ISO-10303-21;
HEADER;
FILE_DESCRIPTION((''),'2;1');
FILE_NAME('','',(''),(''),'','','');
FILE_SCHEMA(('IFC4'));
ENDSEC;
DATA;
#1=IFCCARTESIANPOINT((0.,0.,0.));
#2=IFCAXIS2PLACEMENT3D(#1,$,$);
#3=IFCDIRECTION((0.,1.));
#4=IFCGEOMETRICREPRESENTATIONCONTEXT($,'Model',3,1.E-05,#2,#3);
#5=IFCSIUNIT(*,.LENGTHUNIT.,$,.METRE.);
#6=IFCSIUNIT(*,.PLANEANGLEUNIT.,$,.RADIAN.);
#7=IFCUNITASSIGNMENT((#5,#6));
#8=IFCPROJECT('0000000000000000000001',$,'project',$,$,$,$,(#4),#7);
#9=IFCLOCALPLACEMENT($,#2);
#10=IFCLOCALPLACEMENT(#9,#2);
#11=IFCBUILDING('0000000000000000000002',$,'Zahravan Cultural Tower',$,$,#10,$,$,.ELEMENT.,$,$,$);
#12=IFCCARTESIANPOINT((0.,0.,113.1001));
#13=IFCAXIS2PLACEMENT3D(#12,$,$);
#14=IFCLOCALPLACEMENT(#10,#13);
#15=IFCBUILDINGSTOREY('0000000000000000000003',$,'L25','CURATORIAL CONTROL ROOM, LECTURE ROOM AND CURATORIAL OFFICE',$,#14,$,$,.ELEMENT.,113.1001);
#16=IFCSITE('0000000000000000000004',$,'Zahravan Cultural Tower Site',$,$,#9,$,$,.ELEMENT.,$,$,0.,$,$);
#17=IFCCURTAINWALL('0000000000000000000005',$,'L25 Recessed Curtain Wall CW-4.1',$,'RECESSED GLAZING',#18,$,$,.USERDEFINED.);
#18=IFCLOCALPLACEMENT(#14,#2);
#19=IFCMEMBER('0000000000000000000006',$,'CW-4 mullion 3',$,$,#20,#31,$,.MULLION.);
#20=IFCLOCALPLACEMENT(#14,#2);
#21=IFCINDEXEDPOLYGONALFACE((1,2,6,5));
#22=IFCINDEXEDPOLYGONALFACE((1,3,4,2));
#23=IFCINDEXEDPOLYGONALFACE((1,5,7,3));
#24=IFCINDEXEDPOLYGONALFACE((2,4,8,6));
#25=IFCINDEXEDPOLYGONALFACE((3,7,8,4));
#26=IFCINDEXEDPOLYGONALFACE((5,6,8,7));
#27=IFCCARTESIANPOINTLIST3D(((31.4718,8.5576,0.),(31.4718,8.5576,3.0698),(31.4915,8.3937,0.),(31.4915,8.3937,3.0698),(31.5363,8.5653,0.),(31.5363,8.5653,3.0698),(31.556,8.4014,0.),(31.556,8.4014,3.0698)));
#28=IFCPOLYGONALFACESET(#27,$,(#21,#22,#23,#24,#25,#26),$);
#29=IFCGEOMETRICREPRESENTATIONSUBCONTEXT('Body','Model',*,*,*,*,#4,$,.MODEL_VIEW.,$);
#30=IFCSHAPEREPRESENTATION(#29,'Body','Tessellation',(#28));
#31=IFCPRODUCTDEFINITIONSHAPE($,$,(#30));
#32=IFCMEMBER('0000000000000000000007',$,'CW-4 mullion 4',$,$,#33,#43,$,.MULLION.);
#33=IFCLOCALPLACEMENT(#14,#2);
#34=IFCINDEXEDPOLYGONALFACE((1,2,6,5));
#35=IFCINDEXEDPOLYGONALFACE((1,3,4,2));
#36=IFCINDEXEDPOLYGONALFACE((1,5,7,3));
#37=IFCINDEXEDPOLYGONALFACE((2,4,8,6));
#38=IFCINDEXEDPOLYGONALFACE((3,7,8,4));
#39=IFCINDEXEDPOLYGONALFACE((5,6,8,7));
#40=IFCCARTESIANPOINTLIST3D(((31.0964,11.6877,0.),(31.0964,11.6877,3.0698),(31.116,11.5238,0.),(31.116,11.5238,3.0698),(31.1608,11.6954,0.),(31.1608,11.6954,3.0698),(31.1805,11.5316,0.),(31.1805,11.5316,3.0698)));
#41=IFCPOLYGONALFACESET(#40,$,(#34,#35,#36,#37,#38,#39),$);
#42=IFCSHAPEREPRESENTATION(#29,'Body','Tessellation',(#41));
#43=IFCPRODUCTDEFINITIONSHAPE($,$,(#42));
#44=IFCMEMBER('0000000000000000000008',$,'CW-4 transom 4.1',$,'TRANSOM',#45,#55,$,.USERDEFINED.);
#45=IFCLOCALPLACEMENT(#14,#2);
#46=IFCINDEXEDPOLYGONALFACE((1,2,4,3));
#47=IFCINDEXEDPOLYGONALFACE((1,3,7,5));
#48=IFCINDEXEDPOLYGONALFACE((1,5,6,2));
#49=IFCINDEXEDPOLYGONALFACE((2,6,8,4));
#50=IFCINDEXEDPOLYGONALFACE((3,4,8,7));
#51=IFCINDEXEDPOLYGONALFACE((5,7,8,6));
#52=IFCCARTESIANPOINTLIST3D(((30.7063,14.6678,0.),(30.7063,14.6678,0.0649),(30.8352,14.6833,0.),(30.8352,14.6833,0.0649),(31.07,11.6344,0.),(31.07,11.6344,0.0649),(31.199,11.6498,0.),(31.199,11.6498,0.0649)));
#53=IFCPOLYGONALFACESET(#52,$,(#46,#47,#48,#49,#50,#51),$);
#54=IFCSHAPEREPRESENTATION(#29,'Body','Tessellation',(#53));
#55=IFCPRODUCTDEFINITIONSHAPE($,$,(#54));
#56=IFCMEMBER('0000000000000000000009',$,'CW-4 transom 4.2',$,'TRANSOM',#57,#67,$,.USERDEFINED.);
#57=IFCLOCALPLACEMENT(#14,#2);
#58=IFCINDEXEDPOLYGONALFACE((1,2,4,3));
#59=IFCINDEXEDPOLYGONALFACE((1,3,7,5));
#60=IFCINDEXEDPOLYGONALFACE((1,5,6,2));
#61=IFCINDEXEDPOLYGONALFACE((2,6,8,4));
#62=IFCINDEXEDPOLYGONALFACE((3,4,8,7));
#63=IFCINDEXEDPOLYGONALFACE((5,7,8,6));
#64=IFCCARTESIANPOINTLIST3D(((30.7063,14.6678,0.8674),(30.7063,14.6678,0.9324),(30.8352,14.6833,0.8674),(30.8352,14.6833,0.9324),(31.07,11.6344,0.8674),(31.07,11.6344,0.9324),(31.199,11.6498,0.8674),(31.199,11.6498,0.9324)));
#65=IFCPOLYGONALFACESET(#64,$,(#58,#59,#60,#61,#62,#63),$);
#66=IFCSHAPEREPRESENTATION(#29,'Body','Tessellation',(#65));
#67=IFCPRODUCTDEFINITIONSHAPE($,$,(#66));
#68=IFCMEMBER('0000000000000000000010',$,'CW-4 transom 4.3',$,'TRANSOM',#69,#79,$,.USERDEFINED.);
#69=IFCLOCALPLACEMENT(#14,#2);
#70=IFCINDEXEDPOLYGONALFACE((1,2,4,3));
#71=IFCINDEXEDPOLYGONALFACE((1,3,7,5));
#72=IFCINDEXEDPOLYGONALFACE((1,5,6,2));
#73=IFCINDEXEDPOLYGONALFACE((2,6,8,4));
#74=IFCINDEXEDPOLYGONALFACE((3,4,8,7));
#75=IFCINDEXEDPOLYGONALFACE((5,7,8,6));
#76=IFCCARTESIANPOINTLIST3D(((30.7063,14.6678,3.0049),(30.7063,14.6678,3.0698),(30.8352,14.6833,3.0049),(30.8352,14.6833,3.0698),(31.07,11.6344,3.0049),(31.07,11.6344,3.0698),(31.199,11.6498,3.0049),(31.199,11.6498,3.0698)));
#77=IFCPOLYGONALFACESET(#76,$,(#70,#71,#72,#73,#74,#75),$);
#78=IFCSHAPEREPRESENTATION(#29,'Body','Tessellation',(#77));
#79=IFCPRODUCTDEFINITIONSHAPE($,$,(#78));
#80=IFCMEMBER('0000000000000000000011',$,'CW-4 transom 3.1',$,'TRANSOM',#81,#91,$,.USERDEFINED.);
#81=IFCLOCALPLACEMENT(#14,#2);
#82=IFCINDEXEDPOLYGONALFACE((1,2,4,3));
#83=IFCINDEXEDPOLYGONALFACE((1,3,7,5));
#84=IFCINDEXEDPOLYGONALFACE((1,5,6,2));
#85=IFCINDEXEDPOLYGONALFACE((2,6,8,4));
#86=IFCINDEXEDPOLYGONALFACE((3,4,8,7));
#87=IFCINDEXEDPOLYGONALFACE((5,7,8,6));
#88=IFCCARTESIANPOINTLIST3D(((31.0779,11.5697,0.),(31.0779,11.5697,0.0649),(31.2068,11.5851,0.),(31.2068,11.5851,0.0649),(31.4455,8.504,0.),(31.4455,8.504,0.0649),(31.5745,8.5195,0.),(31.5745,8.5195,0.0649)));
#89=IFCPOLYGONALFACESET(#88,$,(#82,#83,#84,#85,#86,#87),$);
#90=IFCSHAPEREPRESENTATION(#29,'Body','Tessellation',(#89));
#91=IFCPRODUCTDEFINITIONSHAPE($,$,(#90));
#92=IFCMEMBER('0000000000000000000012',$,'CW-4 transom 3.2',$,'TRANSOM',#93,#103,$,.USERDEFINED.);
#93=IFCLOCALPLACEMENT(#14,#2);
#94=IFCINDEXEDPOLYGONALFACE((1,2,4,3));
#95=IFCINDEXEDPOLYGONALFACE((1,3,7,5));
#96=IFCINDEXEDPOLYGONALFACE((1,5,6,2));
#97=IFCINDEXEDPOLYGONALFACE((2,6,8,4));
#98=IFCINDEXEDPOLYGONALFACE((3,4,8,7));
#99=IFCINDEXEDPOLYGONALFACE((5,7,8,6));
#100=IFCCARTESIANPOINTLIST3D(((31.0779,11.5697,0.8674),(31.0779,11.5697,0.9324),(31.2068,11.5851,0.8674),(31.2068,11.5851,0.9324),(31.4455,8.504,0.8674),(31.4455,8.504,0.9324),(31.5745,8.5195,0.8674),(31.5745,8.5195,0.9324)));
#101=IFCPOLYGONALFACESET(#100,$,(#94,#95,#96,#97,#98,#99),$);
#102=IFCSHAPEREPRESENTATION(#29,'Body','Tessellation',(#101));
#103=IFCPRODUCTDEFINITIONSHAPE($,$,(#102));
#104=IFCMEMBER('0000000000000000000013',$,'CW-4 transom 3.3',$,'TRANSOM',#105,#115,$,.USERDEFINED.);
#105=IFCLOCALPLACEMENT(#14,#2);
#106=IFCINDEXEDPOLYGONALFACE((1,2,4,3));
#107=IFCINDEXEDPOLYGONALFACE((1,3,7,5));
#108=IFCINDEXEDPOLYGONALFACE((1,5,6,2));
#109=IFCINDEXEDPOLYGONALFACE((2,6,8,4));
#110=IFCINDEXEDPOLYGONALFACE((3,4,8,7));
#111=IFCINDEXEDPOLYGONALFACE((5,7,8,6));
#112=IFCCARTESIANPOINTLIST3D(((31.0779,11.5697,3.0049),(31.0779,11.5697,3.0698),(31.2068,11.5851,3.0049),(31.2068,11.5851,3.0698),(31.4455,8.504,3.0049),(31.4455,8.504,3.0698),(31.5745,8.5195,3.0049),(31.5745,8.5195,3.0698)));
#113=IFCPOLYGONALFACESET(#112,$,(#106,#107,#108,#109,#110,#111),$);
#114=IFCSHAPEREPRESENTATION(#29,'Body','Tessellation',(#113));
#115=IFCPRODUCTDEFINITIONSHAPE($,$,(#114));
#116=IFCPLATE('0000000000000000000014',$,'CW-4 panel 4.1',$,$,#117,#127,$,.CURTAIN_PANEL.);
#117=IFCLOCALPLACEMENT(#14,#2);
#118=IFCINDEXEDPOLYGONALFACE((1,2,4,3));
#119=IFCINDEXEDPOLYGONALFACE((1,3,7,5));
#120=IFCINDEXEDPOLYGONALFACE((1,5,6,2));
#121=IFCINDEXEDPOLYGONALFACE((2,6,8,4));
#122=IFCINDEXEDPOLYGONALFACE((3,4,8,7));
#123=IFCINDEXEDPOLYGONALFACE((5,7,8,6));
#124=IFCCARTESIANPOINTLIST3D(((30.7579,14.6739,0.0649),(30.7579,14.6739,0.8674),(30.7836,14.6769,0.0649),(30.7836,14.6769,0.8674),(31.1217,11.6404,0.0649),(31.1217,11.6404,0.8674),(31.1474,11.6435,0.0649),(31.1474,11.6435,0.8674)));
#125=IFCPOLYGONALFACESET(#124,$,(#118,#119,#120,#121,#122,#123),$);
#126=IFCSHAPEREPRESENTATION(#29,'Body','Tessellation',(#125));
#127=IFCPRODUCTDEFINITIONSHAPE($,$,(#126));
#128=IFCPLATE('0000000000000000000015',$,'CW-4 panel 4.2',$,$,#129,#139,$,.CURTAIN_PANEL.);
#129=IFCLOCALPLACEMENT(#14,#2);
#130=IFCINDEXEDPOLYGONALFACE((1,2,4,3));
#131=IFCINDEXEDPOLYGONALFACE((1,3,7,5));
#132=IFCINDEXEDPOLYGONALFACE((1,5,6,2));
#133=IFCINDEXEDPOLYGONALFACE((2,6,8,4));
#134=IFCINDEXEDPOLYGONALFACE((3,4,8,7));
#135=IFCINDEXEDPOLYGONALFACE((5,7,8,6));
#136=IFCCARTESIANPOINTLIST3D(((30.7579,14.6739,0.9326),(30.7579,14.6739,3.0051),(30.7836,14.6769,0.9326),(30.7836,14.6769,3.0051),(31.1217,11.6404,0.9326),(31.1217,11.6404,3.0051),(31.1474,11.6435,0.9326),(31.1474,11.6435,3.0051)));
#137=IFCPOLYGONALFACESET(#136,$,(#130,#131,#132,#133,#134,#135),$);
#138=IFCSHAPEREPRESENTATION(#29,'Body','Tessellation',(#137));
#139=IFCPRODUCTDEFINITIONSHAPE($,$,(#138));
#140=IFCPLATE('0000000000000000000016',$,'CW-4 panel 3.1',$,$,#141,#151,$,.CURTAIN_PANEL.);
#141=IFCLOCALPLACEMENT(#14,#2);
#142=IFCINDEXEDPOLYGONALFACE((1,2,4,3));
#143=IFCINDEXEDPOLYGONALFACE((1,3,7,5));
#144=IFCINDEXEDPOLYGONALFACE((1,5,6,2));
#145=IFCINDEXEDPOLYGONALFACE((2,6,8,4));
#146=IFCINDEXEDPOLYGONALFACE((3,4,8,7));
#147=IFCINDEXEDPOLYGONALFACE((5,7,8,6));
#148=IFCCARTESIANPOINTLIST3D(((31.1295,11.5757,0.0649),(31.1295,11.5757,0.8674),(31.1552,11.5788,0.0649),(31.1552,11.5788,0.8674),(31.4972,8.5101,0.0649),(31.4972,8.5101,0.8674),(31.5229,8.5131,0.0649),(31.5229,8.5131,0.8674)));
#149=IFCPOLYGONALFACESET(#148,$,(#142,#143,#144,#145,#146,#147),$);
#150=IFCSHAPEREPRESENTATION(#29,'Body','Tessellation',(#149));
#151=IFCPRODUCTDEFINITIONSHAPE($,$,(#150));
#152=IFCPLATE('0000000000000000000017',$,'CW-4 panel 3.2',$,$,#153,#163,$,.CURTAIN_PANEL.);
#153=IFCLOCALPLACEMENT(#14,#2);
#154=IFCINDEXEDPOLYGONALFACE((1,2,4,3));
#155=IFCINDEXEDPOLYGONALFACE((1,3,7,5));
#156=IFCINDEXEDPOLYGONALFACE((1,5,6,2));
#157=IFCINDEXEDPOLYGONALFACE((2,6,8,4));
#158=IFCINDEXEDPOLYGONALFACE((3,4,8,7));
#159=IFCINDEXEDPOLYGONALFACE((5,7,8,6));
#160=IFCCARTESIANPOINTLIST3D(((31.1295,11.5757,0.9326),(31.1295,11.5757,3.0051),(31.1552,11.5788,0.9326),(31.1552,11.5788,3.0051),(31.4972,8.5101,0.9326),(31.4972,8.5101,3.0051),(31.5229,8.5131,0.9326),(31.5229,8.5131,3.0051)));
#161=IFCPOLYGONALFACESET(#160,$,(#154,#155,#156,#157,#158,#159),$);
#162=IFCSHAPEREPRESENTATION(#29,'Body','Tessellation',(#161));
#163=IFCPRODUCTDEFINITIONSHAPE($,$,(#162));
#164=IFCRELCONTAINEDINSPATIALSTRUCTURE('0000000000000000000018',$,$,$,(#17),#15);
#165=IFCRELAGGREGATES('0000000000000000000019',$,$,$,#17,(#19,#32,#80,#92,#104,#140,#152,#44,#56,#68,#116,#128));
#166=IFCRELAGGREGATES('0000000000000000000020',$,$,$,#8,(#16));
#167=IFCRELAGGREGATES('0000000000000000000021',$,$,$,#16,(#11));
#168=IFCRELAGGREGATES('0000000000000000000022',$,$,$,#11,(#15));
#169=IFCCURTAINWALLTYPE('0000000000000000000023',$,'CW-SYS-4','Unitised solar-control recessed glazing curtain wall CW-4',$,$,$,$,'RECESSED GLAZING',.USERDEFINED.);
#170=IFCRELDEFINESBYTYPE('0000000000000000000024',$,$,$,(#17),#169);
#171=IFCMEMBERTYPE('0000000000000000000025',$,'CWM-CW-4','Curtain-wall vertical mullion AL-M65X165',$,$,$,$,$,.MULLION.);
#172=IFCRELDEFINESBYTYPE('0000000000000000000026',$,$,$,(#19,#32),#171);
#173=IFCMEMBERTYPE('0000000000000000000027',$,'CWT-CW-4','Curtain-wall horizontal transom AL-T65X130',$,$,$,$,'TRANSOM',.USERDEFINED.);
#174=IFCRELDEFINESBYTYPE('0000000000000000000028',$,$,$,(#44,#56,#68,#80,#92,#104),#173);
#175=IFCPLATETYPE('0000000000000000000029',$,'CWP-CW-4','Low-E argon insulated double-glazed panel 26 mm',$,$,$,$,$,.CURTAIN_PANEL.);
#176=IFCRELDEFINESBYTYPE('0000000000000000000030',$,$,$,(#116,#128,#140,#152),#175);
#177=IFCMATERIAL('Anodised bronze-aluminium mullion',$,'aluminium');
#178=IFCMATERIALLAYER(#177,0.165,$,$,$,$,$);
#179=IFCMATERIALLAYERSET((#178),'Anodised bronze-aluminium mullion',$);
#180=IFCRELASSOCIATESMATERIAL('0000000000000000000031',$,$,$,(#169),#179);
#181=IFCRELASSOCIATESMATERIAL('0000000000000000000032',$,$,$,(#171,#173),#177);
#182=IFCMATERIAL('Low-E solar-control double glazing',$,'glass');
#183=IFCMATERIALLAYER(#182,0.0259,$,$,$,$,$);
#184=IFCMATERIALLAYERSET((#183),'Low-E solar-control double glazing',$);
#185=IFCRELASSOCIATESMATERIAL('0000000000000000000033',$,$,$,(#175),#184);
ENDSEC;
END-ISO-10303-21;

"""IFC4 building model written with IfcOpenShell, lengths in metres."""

from ifc_helpers import new_model, si_unit, direction, frame, origin, origin_2d, place, context, subcontext, project, spatial, rectangle, extrude, source, transform, mapped, material, layer, layer_set, material_profile, profile_set, type_object, element, aggregate, save


model = new_model("IFC4")

# Units and contexts
model_context = context("Model", 3, precision=1e-05, world=origin(), true_north=direction((0.0, 1.0)))
body_context = subcontext(model_context, "Body", "Model", "MODEL_VIEW")
ifc_project = project(units=[si_unit("LENGTHUNIT", "METRE"), si_unit("PLANEANGLEUNIT", "RADIAN")], contexts=[model_context])

# Site, building, storey
site_placement = place(None, origin())
site = spatial("IfcSite", under=ifc_project, at=site_placement, Name="Zahravan Cultural Tower Site", CompositionType="ELEMENT", RefElevation=0.0)
building_placement = place(site_placement, origin())
building = spatial("IfcBuilding", under=site, at=building_placement, Name="Zahravan Cultural Tower", CompositionType="ELEMENT")
storey_placement = place(building_placement, frame((0.0, 0.0, 113.1001)))
storey = spatial("IfcBuildingStorey", under=building, at=storey_placement, Name="L25", Description="CURATORIAL CONTROL ROOM, LECTURE ROOM AND CURATORIAL OFFICE", CompositionType="ELEMENT", Elevation=113.1001)

# Curtain wall, members, plates
ifc_material_1 = material(Name="Anodised bronze-aluminium mullion", Category="aluminium")
ifc_layer_1 = layer(ifc_material_1, 0.165)
ifc_layer_set_1 = layer_set([ifc_layer_1], Name="Anodised bronze-aluminium mullion")
curtain_wall_type = type_object("IfcCurtainWallType", Name="CW-SYS-4", Description="Unitised solar-control recessed glazing curtain wall CW-4", ElementType="RECESSED GLAZING", PredefinedType="USERDEFINED", material=ifc_layer_set_1)
curtain_wall_placement = place(storey_placement, origin())
curtain_wall = element("IfcCurtainWall", 1, at=curtain_wall_placement, inside=storey, type_object=curtain_wall_type, Name="L25 Recessed Curtain Wall CW-4.1", ObjectType="RECESSED GLAZING", PredefinedType="USERDEFINED")
ifc_material_profile_1 = material_profile(ifc_material_1, rectangle(XDim=0.0649, YDim=0.165, at=origin_2d()), Name="AL-M65X165")
ifc_profile_set_1 = profile_set([ifc_material_profile_1], Name="Anodised bronze-aluminium mullion")
member_type_1 = type_object("IfcMemberType", Name="CWM-CW-4", Description="Curtain-wall vertical mullion AL-M65X165", PredefinedType="MULLION", material=ifc_profile_set_1)
shared_shape_1 = source(origin(), body_context, "Body", "SweptSolid", [
    extrude(rectangle(XDim=0.0649, YDim=0.165, at=origin_2d()), origin(), (0.0, 0.0, 1.0), 3.0698),
])
member_1_placement = place(storey_placement, frame((31.5139, 8.4795, 0.0), z_axis=(0.0, 0.0, 1.0), x_axis=(-0.992883, -0.119095, 0.0)))
member_1 = element("IfcMember", 2, at=member_1_placement, type_object=member_type_1, Name="CW-4 mullion 3", PredefinedType="MULLION", context=body_context, shape_type="MappedRepresentation", body=[
    mapped(shared_shape_1, transform((0.0, 0.0, 0.0), x_axis=(1.0, 0.0, 0.0), y_axis=(0.0, 1.0, 0.0), z_axis=(0.0, 0.0, 1.0), scale=1.0)),
])
member_2_placement = place(storey_placement, frame((31.1384, 11.6096, 0.0), z_axis=(0.0, 0.0, 1.0), x_axis=(-0.992883, -0.119095, 0.0)))
member_2 = element("IfcMember", 3, at=member_2_placement, type_object=member_type_1, Name="CW-4 mullion 4", PredefinedType="MULLION", context=body_context, shape_type="MappedRepresentation", body=[
    mapped(shared_shape_1, transform((0.0, 0.0, 0.0), x_axis=(1.0, 0.0, 0.0), y_axis=(0.0, 1.0, 0.0), z_axis=(0.0, 0.0, 1.0), scale=1.0)),
])
ifc_material_profile_2 = material_profile(ifc_material_1, rectangle(XDim=0.1299, YDim=0.0649, at=origin_2d()), Name="AL-T65X130")
ifc_profile_set_2 = profile_set([ifc_material_profile_2], Name="Anodised bronze-aluminium mullion")
member_type_2 = type_object("IfcMemberType", Name="CWT-CW-4", Description="Curtain-wall horizontal transom AL-T65X130", ElementType="TRANSOM", PredefinedType="USERDEFINED", material=ifc_profile_set_2)
shared_shape_2 = source(origin(), body_context, "Body", "SweptSolid", [
    extrude(rectangle(XDim=0.1299, YDim=0.0649, at=origin_2d()), origin(), (0.0, 0.0, 1.0), 3.0552),
])
member_3_placement = place(storey_placement, frame((31.1345, 11.6421, 0.0325), z_axis=(-0.119066, 0.992886, 0.0), x_axis=(-0.992886, -0.119066, 0.0)))
member_3 = element("IfcMember", 4, at=member_3_placement, type_object=member_type_2, Name="CW-4 transom 4.1", ObjectType="TRANSOM", PredefinedType="USERDEFINED", context=body_context, shape_type="MappedRepresentation", body=[
    mapped(shared_shape_2, transform((0.0, 0.0, 0.0), x_axis=(1.0, 0.0, 0.0), y_axis=(0.0, 1.0, 0.0), z_axis=(0.0, 0.0, 1.0), scale=1.0)),
])
member_4_placement = place(storey_placement, frame((31.1345, 11.6421, 0.8999), z_axis=(-0.119066, 0.992886, 0.0), x_axis=(-0.992886, -0.119066, 0.0)))
member_4 = element("IfcMember", 5, at=member_4_placement, type_object=member_type_2, Name="CW-4 transom 4.2", ObjectType="TRANSOM", PredefinedType="USERDEFINED", context=body_context, shape_type="MappedRepresentation", body=[
    mapped(shared_shape_2, transform((0.0, 0.0, 0.0), x_axis=(1.0, 0.0, 0.0), y_axis=(0.0, 1.0, 0.0), z_axis=(0.0, 0.0, 1.0), scale=1.0)),
])
member_5_placement = place(storey_placement, frame((31.1345, 11.6421, 3.0374), z_axis=(-0.119066, 0.992886, 0.0), x_axis=(-0.992886, -0.119066, 0.0)))
member_5 = element("IfcMember", 6, at=member_5_placement, type_object=member_type_2, Name="CW-4 transom 4.3", ObjectType="TRANSOM", PredefinedType="USERDEFINED", context=body_context, shape_type="MappedRepresentation", body=[
    mapped(shared_shape_2, transform((0.0, 0.0, 0.0), x_axis=(1.0, 0.0, 0.0), y_axis=(0.0, 1.0, 0.0), z_axis=(0.0, 0.0, 1.0), scale=1.0)),
])
shared_shape_3 = source(origin(), body_context, "Body", "SweptSolid", [
    extrude(rectangle(XDim=0.1299, YDim=0.0649, at=origin_2d()), origin(), (0.0, 0.0, 1.0), 3.0876),
])
member_6_placement = place(storey_placement, frame((31.51, 8.5117, 0.0325), z_axis=(-0.11908, 0.992885, 0.0), x_axis=(-0.992885, -0.11908, 0.0)))
member_6 = element("IfcMember", 7, at=member_6_placement, type_object=member_type_2, Name="CW-4 transom 3.1", ObjectType="TRANSOM", PredefinedType="USERDEFINED", context=body_context, shape_type="MappedRepresentation", body=[
    mapped(shared_shape_3, transform((0.0, 0.0, 0.0), x_axis=(1.0, 0.0, 0.0), y_axis=(0.0, 1.0, 0.0), z_axis=(0.0, 0.0, 1.0), scale=1.0)),
])
member_7_placement = place(storey_placement, frame((31.51, 8.5117, 0.8999), z_axis=(-0.11908, 0.992885, 0.0), x_axis=(-0.992885, -0.11908, 0.0)))
member_7 = element("IfcMember", 8, at=member_7_placement, type_object=member_type_2, Name="CW-4 transom 3.2", ObjectType="TRANSOM", PredefinedType="USERDEFINED", context=body_context, shape_type="MappedRepresentation", body=[
    mapped(shared_shape_3, transform((0.0, 0.0, 0.0), x_axis=(1.0, 0.0, 0.0), y_axis=(0.0, 1.0, 0.0), z_axis=(0.0, 0.0, 1.0), scale=1.0)),
])
member_8_placement = place(storey_placement, frame((31.51, 8.5117, 3.0374), z_axis=(-0.11908, 0.992885, 0.0), x_axis=(-0.992885, -0.11908, 0.0)))
member_8 = element("IfcMember", 9, at=member_8_placement, type_object=member_type_2, Name="CW-4 transom 3.3", ObjectType="TRANSOM", PredefinedType="USERDEFINED", context=body_context, shape_type="MappedRepresentation", body=[
    mapped(shared_shape_3, transform((0.0, 0.0, 0.0), x_axis=(1.0, 0.0, 0.0), y_axis=(0.0, 1.0, 0.0), z_axis=(0.0, 0.0, 1.0), scale=1.0)),
])
ifc_material_2 = material(Name="Low-E solar-control double glazing", Category="glass")
ifc_layer_2 = layer(ifc_material_2, 0.0259)
ifc_layer_set_2 = layer_set([ifc_layer_2], Name="Low-E solar-control double glazing")
plate_type = type_object("IfcPlateType", Name="CWP-CW-4", Description="Low-E argon insulated double-glazed panel 26 mm", PredefinedType="CURTAIN_PANEL", material=ifc_layer_set_2)
shared_shape_4 = source(origin(), body_context, "Body", "SweptSolid", [
    extrude(rectangle(XDim=3.0552, YDim=0.0259, at=origin_2d()), origin(), (0.0, 0.0, 1.0), 0.8025),
])
plate_1_placement = place(storey_placement, frame((30.9526, 13.1587, 0.0649), z_axis=(0.0, 0.0, 1.0), x_axis=(-0.119095, 0.992883, 0.0)))
plate_1 = element("IfcPlate", 10, at=plate_1_placement, type_object=plate_type, Name="CW-4 panel 4.1", PredefinedType="CURTAIN_PANEL", context=body_context, shape_type="MappedRepresentation", body=[
    mapped(shared_shape_4, transform((0.0, 0.0, 0.0), x_axis=(1.0, 0.0, 0.0), y_axis=(0.0, 1.0, 0.0), z_axis=(0.0, 0.0, 1.0), scale=1.0)),
])
shared_shape_5 = source(origin(), body_context, "Body", "SweptSolid", [
    extrude(rectangle(XDim=3.0552, YDim=0.0259, at=origin_2d()), origin(), (0.0, 0.0, 1.0), 2.0725),
])
plate_2_placement = place(storey_placement, frame((30.9526, 13.1587, 0.9326), z_axis=(0.0, 0.0, 1.0), x_axis=(-0.119095, 0.992883, 0.0)))
plate_2 = element("IfcPlate", 11, at=plate_2_placement, type_object=plate_type, Name="CW-4 panel 4.2", PredefinedType="CURTAIN_PANEL", context=body_context, shape_type="MappedRepresentation", body=[
    mapped(shared_shape_5, transform((0.0, 0.0, 0.0), x_axis=(1.0, 0.0, 0.0), y_axis=(0.0, 1.0, 0.0), z_axis=(0.0, 0.0, 1.0), scale=1.0)),
])
shared_shape_6 = source(origin(), body_context, "Body", "SweptSolid", [
    extrude(rectangle(XDim=3.0876, YDim=0.0259, at=origin_2d()), origin(), (0.0, 0.0, 1.0), 0.8025),
])
plate_3_placement = place(storey_placement, frame((31.3262, 10.0444, 0.0649), z_axis=(0.0, 0.0, 1.0), x_axis=(-0.119095, 0.992883, 0.0)))
plate_3 = element("IfcPlate", 12, at=plate_3_placement, type_object=plate_type, Name="CW-4 panel 3.1", PredefinedType="CURTAIN_PANEL", context=body_context, shape_type="MappedRepresentation", body=[
    mapped(shared_shape_6, transform((0.0, 0.0, 0.0), x_axis=(1.0, 0.0, 0.0), y_axis=(0.0, 1.0, 0.0), z_axis=(0.0, 0.0, 1.0), scale=1.0)),
])
shared_shape_7 = source(origin(), body_context, "Body", "SweptSolid", [
    extrude(rectangle(XDim=3.0876, YDim=0.0259, at=origin_2d()), origin(), (0.0, 0.0, 1.0), 2.0725),
])
plate_4_placement = place(storey_placement, frame((31.3262, 10.0444, 0.9326), z_axis=(0.0, 0.0, 1.0), x_axis=(-0.119095, 0.992883, 0.0)))
plate_4 = element("IfcPlate", 13, at=plate_4_placement, type_object=plate_type, Name="CW-4 panel 3.2", PredefinedType="CURTAIN_PANEL", context=body_context, shape_type="MappedRepresentation", body=[
    mapped(shared_shape_7, transform((0.0, 0.0, 0.0), x_axis=(1.0, 0.0, 0.0), y_axis=(0.0, 1.0, 0.0), z_axis=(0.0, 0.0, 1.0), scale=1.0)),
])
aggregate(curtain_wall, [member_1, member_2, member_6, member_7, member_8, plate_3, plate_4, member_3, member_4, member_5, plate_1, plate_2])

save(model, "model.ifc")
